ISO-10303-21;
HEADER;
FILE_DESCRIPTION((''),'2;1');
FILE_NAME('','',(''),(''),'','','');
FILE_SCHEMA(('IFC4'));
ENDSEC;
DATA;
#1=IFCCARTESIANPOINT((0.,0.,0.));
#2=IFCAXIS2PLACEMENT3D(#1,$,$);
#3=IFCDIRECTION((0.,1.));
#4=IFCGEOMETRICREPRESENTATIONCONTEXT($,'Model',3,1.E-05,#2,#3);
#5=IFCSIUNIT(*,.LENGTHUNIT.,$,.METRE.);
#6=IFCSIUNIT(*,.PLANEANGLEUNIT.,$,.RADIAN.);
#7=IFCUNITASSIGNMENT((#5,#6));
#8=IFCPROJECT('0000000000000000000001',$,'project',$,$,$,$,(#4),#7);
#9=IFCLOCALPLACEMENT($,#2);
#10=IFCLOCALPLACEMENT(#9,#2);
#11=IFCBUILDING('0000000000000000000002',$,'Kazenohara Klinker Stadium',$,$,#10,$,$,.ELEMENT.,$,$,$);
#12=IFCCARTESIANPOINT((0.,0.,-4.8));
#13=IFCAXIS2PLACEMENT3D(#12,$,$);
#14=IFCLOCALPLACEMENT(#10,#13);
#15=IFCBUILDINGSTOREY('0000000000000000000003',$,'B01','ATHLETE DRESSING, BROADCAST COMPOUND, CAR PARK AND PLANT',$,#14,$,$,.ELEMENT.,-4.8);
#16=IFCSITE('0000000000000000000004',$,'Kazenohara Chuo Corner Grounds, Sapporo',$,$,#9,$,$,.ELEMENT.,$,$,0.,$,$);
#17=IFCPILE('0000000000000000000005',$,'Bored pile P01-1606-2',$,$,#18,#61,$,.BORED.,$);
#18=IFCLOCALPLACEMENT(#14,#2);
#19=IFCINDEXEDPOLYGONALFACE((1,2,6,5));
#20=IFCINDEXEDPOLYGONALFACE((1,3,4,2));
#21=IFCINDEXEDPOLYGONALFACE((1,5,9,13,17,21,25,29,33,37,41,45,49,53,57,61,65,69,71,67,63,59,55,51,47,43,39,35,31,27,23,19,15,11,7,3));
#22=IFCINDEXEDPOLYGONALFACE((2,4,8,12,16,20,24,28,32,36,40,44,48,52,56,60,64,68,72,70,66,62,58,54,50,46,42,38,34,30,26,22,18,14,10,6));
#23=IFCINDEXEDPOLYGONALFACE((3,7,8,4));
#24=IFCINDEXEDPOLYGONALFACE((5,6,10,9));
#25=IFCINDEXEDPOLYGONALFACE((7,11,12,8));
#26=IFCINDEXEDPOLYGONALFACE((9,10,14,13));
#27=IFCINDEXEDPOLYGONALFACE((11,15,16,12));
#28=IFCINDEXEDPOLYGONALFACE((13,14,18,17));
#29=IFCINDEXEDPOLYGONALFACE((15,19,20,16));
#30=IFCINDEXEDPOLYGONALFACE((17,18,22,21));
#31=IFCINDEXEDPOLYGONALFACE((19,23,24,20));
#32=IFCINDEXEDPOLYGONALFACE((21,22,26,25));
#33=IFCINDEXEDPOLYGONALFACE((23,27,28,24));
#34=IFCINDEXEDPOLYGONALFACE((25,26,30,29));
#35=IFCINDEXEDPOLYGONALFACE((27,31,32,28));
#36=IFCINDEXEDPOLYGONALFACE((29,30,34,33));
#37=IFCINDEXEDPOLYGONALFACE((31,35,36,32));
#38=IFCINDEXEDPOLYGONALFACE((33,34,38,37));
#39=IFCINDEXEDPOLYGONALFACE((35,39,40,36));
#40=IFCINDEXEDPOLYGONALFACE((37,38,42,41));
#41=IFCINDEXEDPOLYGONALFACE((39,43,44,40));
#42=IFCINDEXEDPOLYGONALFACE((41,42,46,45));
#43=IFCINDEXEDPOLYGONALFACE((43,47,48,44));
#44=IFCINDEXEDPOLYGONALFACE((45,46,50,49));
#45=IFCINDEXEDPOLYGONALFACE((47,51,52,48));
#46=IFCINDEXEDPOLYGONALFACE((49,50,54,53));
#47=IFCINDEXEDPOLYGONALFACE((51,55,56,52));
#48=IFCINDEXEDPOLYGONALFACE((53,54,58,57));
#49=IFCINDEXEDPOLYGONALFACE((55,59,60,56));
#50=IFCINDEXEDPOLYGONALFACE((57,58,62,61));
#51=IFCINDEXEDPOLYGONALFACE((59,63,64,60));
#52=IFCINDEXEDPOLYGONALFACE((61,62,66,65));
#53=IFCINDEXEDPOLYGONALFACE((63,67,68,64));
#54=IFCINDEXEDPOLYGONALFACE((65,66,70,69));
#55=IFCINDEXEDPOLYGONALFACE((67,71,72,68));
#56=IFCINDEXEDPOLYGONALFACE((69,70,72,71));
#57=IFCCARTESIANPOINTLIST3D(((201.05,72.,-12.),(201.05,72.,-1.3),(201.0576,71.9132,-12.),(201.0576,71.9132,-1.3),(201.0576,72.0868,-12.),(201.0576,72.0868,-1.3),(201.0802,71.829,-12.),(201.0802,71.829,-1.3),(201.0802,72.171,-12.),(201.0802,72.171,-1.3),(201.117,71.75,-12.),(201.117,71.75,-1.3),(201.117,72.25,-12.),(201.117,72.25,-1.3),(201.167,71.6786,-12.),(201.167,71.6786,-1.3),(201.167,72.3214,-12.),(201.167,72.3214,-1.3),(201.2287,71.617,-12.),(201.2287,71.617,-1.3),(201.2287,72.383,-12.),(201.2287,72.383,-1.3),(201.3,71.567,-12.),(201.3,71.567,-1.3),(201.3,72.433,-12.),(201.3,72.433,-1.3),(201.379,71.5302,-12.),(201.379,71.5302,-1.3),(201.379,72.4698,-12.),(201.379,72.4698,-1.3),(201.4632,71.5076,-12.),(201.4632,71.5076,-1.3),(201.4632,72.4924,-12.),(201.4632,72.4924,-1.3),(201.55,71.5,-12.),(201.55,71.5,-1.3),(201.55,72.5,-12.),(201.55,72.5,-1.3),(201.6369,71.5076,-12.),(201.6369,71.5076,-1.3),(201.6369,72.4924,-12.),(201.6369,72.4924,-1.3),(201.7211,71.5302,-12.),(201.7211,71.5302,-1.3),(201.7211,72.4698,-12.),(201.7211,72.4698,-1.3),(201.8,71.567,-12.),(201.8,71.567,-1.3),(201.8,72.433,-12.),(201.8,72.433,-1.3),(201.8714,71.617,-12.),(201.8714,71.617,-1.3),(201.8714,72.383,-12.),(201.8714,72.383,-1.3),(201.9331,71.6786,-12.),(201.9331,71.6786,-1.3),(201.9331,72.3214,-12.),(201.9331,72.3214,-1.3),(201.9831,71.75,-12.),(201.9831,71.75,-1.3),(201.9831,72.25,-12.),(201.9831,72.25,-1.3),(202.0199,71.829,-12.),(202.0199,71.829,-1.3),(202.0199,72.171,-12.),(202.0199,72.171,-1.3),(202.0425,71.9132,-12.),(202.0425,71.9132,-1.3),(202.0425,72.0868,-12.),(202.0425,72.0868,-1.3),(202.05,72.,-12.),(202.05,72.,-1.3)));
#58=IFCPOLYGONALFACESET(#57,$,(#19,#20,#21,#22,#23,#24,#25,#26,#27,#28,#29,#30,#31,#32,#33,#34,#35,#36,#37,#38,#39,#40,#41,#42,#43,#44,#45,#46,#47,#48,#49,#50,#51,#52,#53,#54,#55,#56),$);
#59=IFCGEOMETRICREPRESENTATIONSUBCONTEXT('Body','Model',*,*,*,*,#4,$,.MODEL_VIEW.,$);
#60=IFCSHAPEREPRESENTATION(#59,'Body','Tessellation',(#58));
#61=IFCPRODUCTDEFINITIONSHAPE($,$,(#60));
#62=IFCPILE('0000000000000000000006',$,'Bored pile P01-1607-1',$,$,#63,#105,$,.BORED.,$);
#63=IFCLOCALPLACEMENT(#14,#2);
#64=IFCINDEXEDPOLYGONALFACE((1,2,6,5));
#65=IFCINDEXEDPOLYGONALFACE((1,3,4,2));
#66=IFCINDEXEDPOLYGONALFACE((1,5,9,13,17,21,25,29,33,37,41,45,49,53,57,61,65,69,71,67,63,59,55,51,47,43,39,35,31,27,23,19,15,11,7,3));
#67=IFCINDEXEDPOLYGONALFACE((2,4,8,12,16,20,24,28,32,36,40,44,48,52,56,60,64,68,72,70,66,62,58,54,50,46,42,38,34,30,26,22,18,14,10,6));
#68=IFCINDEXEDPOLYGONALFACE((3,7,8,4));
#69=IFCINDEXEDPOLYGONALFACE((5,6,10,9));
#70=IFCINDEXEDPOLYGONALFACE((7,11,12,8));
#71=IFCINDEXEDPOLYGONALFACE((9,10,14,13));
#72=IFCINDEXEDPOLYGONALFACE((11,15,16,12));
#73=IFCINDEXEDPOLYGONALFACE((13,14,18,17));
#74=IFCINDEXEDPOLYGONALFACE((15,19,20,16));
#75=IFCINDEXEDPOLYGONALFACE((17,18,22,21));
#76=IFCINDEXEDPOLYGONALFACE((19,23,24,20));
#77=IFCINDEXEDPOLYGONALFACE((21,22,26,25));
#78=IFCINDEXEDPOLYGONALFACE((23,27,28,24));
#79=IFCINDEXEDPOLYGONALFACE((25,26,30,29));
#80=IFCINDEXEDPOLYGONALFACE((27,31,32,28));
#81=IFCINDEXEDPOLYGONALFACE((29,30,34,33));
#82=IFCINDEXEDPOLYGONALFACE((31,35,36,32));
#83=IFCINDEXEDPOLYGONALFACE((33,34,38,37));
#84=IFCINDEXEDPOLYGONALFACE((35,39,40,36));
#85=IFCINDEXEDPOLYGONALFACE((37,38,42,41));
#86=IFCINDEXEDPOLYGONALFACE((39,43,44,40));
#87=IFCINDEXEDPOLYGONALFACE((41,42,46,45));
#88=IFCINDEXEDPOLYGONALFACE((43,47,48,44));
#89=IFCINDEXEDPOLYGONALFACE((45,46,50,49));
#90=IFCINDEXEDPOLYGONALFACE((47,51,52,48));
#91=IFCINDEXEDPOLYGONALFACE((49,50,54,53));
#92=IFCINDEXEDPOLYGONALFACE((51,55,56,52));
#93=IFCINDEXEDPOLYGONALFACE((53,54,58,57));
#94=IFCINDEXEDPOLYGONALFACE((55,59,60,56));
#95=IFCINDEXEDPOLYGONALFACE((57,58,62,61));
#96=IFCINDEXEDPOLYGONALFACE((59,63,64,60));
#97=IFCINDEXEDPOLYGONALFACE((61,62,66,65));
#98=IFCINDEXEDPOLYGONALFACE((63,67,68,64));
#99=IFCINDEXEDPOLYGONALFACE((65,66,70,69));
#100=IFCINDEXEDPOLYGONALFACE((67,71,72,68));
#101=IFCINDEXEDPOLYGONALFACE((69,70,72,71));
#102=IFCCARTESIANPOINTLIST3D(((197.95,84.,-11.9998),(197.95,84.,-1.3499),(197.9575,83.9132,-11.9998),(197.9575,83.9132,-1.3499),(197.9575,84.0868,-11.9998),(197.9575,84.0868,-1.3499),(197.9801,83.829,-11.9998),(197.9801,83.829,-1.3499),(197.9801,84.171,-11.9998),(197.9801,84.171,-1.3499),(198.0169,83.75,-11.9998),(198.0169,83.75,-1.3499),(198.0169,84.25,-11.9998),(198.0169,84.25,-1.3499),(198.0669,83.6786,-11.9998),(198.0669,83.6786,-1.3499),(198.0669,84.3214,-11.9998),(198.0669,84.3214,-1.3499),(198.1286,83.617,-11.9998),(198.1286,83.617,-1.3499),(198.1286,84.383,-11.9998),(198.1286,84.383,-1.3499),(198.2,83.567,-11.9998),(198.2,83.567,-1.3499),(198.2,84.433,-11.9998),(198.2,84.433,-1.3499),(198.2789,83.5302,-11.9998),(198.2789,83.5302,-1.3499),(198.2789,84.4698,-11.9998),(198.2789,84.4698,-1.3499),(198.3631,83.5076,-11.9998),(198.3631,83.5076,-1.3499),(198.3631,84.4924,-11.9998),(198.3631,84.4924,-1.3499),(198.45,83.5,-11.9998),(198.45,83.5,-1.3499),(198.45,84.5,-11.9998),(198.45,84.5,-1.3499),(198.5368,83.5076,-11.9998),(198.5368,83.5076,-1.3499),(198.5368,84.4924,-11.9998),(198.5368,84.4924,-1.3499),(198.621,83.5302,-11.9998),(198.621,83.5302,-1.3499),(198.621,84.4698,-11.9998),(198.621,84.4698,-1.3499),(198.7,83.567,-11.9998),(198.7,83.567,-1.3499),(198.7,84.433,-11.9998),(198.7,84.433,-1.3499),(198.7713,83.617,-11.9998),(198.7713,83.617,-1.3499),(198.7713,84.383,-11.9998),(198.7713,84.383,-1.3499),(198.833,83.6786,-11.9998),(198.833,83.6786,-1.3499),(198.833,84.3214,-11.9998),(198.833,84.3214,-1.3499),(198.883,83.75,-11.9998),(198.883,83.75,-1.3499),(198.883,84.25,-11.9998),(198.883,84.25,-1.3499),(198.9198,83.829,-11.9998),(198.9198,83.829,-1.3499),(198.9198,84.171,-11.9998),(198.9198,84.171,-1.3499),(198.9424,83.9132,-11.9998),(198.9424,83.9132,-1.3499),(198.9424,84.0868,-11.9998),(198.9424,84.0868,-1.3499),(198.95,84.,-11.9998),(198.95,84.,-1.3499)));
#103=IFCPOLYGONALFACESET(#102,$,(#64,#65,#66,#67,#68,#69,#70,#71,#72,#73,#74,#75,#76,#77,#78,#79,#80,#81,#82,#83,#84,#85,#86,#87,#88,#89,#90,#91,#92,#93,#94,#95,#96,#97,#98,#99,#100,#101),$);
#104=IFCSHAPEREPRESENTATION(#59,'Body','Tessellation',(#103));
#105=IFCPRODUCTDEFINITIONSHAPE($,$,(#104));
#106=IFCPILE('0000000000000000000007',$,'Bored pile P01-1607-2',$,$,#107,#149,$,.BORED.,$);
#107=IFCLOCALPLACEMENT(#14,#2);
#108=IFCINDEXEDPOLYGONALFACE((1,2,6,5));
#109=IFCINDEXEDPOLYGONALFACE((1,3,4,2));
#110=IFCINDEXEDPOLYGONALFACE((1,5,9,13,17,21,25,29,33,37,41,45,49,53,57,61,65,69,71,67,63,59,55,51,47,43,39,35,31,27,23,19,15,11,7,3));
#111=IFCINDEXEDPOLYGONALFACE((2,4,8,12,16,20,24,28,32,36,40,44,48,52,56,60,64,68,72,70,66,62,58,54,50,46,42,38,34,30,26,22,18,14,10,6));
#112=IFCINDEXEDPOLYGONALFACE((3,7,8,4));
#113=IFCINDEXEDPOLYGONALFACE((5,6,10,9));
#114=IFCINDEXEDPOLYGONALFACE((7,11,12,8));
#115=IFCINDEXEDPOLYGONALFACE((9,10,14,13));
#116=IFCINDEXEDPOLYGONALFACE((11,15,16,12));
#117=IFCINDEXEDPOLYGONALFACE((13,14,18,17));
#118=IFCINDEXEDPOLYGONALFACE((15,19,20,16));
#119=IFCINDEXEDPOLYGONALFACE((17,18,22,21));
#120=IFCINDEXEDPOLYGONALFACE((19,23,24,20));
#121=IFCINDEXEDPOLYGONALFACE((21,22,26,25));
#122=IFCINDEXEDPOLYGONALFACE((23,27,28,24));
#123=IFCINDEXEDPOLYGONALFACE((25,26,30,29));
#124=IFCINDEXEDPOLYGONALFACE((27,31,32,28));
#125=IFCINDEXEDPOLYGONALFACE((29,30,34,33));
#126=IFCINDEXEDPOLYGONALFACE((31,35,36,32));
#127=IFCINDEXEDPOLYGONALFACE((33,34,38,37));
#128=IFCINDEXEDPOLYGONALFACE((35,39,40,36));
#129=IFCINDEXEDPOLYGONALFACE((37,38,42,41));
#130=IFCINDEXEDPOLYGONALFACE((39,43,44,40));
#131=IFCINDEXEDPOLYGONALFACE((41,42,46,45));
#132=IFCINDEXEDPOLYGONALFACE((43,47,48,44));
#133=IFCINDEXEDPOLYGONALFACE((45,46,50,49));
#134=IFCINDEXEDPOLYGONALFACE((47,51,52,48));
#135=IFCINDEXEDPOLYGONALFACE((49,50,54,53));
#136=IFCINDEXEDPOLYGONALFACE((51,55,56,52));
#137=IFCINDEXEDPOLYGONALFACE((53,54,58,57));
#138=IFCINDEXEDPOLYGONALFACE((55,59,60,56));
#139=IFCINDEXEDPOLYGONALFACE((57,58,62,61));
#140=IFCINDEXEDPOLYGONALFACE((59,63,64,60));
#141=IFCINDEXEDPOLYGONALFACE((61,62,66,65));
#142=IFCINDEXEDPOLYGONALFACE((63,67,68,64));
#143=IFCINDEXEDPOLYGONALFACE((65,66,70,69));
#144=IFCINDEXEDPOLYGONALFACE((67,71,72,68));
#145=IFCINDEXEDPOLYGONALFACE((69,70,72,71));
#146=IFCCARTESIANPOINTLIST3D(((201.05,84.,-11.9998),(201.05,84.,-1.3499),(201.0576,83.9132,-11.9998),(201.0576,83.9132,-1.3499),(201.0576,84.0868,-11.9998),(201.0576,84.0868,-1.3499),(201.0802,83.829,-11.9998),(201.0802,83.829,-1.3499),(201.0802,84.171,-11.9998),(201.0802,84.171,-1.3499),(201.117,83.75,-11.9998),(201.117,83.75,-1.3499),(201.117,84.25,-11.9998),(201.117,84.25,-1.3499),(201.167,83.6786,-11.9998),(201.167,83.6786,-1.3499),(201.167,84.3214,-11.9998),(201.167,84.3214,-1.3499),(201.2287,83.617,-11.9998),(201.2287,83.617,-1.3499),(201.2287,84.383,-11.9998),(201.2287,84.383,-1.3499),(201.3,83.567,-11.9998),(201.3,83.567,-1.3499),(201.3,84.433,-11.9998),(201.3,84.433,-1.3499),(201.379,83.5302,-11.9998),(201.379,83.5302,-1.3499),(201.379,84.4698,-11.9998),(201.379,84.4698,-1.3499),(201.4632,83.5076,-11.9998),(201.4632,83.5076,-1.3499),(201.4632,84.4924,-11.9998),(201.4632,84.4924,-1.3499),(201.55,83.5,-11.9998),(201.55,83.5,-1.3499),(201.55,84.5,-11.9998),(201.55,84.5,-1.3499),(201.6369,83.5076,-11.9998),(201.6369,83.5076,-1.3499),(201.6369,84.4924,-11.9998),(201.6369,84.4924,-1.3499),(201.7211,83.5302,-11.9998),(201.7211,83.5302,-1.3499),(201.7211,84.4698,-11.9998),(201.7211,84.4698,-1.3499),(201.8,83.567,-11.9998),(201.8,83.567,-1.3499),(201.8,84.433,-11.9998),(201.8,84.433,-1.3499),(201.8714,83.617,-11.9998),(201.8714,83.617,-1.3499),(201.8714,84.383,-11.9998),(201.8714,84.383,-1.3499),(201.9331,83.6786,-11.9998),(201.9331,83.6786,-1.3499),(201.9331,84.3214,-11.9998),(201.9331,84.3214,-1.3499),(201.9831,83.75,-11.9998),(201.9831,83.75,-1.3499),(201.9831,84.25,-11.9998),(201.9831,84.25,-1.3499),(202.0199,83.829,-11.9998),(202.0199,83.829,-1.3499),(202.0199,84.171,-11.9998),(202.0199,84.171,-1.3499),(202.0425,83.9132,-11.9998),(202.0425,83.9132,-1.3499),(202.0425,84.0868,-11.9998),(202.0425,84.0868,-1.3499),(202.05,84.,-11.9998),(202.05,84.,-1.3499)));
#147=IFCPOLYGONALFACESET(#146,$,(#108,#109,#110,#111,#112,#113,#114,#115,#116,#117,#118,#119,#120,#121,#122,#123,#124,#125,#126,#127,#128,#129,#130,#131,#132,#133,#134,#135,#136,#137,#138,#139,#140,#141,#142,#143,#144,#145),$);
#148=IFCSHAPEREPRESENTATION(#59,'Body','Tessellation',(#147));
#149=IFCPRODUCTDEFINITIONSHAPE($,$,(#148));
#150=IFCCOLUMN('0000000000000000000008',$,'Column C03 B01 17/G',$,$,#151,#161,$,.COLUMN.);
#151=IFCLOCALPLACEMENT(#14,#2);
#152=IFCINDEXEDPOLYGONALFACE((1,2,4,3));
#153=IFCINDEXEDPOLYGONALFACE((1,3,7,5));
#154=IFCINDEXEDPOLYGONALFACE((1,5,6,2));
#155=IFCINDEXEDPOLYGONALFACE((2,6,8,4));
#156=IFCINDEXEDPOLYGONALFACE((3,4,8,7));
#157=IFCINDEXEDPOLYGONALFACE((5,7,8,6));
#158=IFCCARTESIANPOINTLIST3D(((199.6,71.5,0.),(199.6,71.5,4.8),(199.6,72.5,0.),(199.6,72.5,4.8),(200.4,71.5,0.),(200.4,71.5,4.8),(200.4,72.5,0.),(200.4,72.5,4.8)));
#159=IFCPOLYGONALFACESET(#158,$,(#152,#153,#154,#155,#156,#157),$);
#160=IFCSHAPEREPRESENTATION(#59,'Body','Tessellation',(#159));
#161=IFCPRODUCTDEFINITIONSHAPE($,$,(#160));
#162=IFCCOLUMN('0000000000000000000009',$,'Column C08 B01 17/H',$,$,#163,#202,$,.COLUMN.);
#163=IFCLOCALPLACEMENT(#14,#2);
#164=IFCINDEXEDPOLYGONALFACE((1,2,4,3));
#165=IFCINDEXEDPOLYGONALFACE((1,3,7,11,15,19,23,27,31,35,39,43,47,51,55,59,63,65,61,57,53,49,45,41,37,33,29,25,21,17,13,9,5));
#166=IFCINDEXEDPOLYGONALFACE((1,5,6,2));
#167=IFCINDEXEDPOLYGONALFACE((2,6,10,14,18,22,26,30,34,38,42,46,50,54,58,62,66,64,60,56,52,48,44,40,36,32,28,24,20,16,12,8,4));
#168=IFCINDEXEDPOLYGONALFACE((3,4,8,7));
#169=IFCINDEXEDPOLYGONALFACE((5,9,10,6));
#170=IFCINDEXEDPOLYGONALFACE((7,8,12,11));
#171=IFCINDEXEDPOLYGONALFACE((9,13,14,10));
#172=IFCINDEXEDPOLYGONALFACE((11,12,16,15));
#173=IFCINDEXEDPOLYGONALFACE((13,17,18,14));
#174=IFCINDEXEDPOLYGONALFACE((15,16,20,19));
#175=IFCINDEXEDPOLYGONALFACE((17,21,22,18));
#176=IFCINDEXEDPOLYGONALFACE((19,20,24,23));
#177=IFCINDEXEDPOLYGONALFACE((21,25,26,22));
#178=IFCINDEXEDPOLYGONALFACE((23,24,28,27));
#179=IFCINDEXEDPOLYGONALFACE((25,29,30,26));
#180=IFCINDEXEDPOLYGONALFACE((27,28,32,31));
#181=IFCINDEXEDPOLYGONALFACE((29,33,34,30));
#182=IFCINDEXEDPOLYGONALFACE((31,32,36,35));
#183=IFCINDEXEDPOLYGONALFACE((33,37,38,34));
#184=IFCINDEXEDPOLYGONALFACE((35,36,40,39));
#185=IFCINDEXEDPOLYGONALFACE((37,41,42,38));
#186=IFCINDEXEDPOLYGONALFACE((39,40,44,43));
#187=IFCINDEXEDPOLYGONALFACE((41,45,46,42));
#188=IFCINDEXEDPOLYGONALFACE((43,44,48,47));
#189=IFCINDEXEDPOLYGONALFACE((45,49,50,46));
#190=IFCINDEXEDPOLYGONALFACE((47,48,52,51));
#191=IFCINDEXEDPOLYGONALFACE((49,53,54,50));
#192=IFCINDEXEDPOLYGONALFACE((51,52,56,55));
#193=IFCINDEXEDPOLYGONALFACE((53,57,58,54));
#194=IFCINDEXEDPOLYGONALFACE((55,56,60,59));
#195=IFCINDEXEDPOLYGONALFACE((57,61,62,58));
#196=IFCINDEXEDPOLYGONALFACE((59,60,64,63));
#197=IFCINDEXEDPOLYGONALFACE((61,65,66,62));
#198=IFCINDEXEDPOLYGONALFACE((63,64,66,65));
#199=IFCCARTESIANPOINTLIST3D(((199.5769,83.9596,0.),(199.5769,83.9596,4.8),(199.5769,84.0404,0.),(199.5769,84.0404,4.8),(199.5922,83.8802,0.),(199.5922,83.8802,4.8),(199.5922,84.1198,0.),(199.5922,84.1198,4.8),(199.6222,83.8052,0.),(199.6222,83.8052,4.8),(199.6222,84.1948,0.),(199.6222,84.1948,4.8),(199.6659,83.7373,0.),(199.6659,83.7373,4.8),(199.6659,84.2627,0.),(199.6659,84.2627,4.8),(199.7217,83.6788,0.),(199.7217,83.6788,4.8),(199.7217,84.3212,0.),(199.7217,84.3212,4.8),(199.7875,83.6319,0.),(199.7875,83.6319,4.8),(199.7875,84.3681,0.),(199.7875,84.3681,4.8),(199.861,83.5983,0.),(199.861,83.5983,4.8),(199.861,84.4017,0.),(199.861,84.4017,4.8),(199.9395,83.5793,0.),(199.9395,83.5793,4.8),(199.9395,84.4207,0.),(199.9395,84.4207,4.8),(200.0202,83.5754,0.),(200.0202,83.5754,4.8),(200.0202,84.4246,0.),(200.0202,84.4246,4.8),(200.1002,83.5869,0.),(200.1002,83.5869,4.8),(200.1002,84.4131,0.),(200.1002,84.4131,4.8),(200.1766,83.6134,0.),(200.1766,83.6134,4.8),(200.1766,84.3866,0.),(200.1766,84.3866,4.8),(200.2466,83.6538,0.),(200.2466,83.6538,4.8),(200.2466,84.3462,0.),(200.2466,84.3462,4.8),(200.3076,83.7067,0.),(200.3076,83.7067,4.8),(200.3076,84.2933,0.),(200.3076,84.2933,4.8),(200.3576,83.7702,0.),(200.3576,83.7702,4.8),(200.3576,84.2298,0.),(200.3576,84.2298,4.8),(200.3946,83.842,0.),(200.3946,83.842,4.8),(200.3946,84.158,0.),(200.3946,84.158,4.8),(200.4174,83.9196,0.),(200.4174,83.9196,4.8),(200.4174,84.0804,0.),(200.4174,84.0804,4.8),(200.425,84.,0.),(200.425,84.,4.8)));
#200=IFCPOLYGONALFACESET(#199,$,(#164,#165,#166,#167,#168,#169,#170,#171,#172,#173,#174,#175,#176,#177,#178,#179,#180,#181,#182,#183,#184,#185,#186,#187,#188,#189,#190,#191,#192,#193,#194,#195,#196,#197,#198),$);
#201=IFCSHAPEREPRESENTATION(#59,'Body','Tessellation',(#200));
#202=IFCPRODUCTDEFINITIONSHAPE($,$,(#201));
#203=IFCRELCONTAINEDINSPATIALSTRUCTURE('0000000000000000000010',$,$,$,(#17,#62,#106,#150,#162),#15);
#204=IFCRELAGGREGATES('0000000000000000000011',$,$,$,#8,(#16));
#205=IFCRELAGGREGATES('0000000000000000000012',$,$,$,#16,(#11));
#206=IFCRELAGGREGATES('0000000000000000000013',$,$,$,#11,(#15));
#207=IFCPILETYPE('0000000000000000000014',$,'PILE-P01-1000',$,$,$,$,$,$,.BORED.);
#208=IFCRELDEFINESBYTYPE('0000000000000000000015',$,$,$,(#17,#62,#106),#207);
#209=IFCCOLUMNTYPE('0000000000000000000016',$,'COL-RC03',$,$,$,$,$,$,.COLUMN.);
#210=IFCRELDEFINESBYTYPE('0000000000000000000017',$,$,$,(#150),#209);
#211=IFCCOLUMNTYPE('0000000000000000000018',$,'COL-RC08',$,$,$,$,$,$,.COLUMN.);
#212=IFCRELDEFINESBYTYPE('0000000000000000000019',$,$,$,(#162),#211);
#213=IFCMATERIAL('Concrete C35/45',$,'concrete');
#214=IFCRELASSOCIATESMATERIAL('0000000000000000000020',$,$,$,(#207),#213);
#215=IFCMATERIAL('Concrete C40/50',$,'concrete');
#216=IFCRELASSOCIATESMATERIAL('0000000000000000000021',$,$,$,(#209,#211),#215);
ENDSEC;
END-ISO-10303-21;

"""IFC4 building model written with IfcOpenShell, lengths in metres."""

from ifc_helpers import new_model, si_unit, direction, frame, origin, origin_2d, place, context, subcontext, project, spatial, rectangle, circle, extrude, material, material_profile, profile_set, type_object, element, save


model = new_model("IFC4")

# Units and contexts
model_context = context("Model", 3, precision=1e-05, world=origin(), true_north=direction((0.0, 1.0)))
body_context = subcontext(model_context, "Body", "Model", "MODEL_VIEW")
ifc_project = project(units=[si_unit("LENGTHUNIT", "METRE"), si_unit("PLANEANGLEUNIT", "RADIAN")], contexts=[model_context])

# Site, building, storey
site_placement = place(None, origin())
site = spatial("IfcSite", under=ifc_project, at=site_placement, Name="Kazenohara Chuo Corner Grounds, Sapporo", CompositionType="ELEMENT", RefElevation=0.0)
building_placement = place(site_placement, origin())
building = spatial("IfcBuilding", under=site, at=building_placement, Name="Kazenohara Klinker Stadium", CompositionType="ELEMENT")
storey_placement = place(building_placement, frame((0.0, 0.0, -4.8)))
storey = spatial("IfcBuildingStorey", under=building, at=storey_placement, Name="B01", Description="ATHLETE DRESSING, BROADCAST COMPOUND, CAR PARK AND PLANT", CompositionType="ELEMENT", Elevation=-4.8)

# Shared definitions
ifc_material_1 = material(Name="Concrete C35/45", Category="concrete")

# Piles
ifc_material_profile_1 = material_profile(ifc_material_1, circle(Radius=0.5, at=origin_2d()), Name="BORED-PILE-1000")
ifc_profile_set_1 = profile_set([ifc_material_profile_1], Name="Concrete C35/45")
pile_type = type_object("IfcPileType", Name="PILE-P01-1000", PredefinedType="BORED", material=ifc_profile_set_1)
for number, where, z_axis, x_axis, name in (
    (1, (201.55, 72.0, -1.3), (0.0, 0.0, -1.0), (1.0, 0.0, 0.0), "Bored pile P01-1606-2"),
):
    element("IfcPile", number, at=place(storey_placement, frame(where, z_axis=z_axis, x_axis=x_axis)), inside=storey, type_object=pile_type, Name=name, PredefinedType="BORED", context=body_context, shape_type="SweptSolid", body=[
        extrude(circle(Radius=0.5, at=origin_2d()), origin(), (0.0, 0.0, 1.0), 10.7),
    ])
for number, where, z_axis, x_axis, name in (
    (2, (198.45, 84.0, -1.3499), (0.0, 0.0, -1.0), (1.0, 0.0, 0.0), "Bored pile P01-1607-1"),
    (3, (201.55, 84.0, -1.3499), (0.0, 0.0, -1.0), (1.0, 0.0, 0.0), "Bored pile P01-1607-2"),
):
    element("IfcPile", number, at=place(storey_placement, frame(where, z_axis=z_axis, x_axis=x_axis)), inside=storey, type_object=pile_type, Name=name, PredefinedType="BORED", context=body_context, shape_type="SweptSolid", body=[
        extrude(circle(Radius=0.5, at=origin_2d()), origin(), (0.0, 0.0, 1.0), 10.6499),
    ])

# Columns
ifc_material_2 = material(Name="Concrete C40/50", Category="concrete")
ifc_material_profile_2 = material_profile(ifc_material_2, rectangle(XDim=0.8, YDim=1.0, at=origin_2d()), Name="RC-COL-1000x800")
ifc_profile_set_2 = profile_set([ifc_material_profile_2], Name="Concrete C40/50")
column_type_1 = type_object("IfcColumnType", Name="COL-RC03", PredefinedType="COLUMN", material=ifc_profile_set_2)
column_1_placement = place(storey_placement, frame((200.0, 72.0, 0.0), z_axis=(0.0, 0.0, 1.0), x_axis=(1.0, 0.0, 0.0)))
element("IfcColumn", 4, at=column_1_placement, inside=storey, type_object=column_type_1, Name="Column C03 B01 17/G", PredefinedType="COLUMN", context=body_context, shape_type="SweptSolid", body=[
    extrude(rectangle(XDim=0.8, YDim=1.0, at=origin_2d()), origin(), (0.0, 0.0, 1.0), 4.8),
])
ifc_material_profile_3 = material_profile(ifc_material_2, circle(Radius=0.425, at=origin_2d()), Name="RC-COL-D850")
ifc_profile_set_3 = profile_set([ifc_material_profile_3], Name="Concrete C40/50")
column_type_2 = type_object("IfcColumnType", Name="COL-RC08", PredefinedType="COLUMN", material=ifc_profile_set_3)
column_2_placement = place(storey_placement, frame((200.0, 84.0, 0.0), z_axis=(0.0, 0.0, 1.0), x_axis=(1.0, 0.0, 0.0)))
element("IfcColumn", 5, at=column_2_placement, inside=storey, type_object=column_type_2, Name="Column C08 B01 17/H", PredefinedType="COLUMN", context=body_context, shape_type="SweptSolid", body=[
    extrude(circle(Radius=0.425, at=origin_2d()), origin(), (0.0, 0.0, 1.0), 4.8),
])

save(model, "model.ifc")
